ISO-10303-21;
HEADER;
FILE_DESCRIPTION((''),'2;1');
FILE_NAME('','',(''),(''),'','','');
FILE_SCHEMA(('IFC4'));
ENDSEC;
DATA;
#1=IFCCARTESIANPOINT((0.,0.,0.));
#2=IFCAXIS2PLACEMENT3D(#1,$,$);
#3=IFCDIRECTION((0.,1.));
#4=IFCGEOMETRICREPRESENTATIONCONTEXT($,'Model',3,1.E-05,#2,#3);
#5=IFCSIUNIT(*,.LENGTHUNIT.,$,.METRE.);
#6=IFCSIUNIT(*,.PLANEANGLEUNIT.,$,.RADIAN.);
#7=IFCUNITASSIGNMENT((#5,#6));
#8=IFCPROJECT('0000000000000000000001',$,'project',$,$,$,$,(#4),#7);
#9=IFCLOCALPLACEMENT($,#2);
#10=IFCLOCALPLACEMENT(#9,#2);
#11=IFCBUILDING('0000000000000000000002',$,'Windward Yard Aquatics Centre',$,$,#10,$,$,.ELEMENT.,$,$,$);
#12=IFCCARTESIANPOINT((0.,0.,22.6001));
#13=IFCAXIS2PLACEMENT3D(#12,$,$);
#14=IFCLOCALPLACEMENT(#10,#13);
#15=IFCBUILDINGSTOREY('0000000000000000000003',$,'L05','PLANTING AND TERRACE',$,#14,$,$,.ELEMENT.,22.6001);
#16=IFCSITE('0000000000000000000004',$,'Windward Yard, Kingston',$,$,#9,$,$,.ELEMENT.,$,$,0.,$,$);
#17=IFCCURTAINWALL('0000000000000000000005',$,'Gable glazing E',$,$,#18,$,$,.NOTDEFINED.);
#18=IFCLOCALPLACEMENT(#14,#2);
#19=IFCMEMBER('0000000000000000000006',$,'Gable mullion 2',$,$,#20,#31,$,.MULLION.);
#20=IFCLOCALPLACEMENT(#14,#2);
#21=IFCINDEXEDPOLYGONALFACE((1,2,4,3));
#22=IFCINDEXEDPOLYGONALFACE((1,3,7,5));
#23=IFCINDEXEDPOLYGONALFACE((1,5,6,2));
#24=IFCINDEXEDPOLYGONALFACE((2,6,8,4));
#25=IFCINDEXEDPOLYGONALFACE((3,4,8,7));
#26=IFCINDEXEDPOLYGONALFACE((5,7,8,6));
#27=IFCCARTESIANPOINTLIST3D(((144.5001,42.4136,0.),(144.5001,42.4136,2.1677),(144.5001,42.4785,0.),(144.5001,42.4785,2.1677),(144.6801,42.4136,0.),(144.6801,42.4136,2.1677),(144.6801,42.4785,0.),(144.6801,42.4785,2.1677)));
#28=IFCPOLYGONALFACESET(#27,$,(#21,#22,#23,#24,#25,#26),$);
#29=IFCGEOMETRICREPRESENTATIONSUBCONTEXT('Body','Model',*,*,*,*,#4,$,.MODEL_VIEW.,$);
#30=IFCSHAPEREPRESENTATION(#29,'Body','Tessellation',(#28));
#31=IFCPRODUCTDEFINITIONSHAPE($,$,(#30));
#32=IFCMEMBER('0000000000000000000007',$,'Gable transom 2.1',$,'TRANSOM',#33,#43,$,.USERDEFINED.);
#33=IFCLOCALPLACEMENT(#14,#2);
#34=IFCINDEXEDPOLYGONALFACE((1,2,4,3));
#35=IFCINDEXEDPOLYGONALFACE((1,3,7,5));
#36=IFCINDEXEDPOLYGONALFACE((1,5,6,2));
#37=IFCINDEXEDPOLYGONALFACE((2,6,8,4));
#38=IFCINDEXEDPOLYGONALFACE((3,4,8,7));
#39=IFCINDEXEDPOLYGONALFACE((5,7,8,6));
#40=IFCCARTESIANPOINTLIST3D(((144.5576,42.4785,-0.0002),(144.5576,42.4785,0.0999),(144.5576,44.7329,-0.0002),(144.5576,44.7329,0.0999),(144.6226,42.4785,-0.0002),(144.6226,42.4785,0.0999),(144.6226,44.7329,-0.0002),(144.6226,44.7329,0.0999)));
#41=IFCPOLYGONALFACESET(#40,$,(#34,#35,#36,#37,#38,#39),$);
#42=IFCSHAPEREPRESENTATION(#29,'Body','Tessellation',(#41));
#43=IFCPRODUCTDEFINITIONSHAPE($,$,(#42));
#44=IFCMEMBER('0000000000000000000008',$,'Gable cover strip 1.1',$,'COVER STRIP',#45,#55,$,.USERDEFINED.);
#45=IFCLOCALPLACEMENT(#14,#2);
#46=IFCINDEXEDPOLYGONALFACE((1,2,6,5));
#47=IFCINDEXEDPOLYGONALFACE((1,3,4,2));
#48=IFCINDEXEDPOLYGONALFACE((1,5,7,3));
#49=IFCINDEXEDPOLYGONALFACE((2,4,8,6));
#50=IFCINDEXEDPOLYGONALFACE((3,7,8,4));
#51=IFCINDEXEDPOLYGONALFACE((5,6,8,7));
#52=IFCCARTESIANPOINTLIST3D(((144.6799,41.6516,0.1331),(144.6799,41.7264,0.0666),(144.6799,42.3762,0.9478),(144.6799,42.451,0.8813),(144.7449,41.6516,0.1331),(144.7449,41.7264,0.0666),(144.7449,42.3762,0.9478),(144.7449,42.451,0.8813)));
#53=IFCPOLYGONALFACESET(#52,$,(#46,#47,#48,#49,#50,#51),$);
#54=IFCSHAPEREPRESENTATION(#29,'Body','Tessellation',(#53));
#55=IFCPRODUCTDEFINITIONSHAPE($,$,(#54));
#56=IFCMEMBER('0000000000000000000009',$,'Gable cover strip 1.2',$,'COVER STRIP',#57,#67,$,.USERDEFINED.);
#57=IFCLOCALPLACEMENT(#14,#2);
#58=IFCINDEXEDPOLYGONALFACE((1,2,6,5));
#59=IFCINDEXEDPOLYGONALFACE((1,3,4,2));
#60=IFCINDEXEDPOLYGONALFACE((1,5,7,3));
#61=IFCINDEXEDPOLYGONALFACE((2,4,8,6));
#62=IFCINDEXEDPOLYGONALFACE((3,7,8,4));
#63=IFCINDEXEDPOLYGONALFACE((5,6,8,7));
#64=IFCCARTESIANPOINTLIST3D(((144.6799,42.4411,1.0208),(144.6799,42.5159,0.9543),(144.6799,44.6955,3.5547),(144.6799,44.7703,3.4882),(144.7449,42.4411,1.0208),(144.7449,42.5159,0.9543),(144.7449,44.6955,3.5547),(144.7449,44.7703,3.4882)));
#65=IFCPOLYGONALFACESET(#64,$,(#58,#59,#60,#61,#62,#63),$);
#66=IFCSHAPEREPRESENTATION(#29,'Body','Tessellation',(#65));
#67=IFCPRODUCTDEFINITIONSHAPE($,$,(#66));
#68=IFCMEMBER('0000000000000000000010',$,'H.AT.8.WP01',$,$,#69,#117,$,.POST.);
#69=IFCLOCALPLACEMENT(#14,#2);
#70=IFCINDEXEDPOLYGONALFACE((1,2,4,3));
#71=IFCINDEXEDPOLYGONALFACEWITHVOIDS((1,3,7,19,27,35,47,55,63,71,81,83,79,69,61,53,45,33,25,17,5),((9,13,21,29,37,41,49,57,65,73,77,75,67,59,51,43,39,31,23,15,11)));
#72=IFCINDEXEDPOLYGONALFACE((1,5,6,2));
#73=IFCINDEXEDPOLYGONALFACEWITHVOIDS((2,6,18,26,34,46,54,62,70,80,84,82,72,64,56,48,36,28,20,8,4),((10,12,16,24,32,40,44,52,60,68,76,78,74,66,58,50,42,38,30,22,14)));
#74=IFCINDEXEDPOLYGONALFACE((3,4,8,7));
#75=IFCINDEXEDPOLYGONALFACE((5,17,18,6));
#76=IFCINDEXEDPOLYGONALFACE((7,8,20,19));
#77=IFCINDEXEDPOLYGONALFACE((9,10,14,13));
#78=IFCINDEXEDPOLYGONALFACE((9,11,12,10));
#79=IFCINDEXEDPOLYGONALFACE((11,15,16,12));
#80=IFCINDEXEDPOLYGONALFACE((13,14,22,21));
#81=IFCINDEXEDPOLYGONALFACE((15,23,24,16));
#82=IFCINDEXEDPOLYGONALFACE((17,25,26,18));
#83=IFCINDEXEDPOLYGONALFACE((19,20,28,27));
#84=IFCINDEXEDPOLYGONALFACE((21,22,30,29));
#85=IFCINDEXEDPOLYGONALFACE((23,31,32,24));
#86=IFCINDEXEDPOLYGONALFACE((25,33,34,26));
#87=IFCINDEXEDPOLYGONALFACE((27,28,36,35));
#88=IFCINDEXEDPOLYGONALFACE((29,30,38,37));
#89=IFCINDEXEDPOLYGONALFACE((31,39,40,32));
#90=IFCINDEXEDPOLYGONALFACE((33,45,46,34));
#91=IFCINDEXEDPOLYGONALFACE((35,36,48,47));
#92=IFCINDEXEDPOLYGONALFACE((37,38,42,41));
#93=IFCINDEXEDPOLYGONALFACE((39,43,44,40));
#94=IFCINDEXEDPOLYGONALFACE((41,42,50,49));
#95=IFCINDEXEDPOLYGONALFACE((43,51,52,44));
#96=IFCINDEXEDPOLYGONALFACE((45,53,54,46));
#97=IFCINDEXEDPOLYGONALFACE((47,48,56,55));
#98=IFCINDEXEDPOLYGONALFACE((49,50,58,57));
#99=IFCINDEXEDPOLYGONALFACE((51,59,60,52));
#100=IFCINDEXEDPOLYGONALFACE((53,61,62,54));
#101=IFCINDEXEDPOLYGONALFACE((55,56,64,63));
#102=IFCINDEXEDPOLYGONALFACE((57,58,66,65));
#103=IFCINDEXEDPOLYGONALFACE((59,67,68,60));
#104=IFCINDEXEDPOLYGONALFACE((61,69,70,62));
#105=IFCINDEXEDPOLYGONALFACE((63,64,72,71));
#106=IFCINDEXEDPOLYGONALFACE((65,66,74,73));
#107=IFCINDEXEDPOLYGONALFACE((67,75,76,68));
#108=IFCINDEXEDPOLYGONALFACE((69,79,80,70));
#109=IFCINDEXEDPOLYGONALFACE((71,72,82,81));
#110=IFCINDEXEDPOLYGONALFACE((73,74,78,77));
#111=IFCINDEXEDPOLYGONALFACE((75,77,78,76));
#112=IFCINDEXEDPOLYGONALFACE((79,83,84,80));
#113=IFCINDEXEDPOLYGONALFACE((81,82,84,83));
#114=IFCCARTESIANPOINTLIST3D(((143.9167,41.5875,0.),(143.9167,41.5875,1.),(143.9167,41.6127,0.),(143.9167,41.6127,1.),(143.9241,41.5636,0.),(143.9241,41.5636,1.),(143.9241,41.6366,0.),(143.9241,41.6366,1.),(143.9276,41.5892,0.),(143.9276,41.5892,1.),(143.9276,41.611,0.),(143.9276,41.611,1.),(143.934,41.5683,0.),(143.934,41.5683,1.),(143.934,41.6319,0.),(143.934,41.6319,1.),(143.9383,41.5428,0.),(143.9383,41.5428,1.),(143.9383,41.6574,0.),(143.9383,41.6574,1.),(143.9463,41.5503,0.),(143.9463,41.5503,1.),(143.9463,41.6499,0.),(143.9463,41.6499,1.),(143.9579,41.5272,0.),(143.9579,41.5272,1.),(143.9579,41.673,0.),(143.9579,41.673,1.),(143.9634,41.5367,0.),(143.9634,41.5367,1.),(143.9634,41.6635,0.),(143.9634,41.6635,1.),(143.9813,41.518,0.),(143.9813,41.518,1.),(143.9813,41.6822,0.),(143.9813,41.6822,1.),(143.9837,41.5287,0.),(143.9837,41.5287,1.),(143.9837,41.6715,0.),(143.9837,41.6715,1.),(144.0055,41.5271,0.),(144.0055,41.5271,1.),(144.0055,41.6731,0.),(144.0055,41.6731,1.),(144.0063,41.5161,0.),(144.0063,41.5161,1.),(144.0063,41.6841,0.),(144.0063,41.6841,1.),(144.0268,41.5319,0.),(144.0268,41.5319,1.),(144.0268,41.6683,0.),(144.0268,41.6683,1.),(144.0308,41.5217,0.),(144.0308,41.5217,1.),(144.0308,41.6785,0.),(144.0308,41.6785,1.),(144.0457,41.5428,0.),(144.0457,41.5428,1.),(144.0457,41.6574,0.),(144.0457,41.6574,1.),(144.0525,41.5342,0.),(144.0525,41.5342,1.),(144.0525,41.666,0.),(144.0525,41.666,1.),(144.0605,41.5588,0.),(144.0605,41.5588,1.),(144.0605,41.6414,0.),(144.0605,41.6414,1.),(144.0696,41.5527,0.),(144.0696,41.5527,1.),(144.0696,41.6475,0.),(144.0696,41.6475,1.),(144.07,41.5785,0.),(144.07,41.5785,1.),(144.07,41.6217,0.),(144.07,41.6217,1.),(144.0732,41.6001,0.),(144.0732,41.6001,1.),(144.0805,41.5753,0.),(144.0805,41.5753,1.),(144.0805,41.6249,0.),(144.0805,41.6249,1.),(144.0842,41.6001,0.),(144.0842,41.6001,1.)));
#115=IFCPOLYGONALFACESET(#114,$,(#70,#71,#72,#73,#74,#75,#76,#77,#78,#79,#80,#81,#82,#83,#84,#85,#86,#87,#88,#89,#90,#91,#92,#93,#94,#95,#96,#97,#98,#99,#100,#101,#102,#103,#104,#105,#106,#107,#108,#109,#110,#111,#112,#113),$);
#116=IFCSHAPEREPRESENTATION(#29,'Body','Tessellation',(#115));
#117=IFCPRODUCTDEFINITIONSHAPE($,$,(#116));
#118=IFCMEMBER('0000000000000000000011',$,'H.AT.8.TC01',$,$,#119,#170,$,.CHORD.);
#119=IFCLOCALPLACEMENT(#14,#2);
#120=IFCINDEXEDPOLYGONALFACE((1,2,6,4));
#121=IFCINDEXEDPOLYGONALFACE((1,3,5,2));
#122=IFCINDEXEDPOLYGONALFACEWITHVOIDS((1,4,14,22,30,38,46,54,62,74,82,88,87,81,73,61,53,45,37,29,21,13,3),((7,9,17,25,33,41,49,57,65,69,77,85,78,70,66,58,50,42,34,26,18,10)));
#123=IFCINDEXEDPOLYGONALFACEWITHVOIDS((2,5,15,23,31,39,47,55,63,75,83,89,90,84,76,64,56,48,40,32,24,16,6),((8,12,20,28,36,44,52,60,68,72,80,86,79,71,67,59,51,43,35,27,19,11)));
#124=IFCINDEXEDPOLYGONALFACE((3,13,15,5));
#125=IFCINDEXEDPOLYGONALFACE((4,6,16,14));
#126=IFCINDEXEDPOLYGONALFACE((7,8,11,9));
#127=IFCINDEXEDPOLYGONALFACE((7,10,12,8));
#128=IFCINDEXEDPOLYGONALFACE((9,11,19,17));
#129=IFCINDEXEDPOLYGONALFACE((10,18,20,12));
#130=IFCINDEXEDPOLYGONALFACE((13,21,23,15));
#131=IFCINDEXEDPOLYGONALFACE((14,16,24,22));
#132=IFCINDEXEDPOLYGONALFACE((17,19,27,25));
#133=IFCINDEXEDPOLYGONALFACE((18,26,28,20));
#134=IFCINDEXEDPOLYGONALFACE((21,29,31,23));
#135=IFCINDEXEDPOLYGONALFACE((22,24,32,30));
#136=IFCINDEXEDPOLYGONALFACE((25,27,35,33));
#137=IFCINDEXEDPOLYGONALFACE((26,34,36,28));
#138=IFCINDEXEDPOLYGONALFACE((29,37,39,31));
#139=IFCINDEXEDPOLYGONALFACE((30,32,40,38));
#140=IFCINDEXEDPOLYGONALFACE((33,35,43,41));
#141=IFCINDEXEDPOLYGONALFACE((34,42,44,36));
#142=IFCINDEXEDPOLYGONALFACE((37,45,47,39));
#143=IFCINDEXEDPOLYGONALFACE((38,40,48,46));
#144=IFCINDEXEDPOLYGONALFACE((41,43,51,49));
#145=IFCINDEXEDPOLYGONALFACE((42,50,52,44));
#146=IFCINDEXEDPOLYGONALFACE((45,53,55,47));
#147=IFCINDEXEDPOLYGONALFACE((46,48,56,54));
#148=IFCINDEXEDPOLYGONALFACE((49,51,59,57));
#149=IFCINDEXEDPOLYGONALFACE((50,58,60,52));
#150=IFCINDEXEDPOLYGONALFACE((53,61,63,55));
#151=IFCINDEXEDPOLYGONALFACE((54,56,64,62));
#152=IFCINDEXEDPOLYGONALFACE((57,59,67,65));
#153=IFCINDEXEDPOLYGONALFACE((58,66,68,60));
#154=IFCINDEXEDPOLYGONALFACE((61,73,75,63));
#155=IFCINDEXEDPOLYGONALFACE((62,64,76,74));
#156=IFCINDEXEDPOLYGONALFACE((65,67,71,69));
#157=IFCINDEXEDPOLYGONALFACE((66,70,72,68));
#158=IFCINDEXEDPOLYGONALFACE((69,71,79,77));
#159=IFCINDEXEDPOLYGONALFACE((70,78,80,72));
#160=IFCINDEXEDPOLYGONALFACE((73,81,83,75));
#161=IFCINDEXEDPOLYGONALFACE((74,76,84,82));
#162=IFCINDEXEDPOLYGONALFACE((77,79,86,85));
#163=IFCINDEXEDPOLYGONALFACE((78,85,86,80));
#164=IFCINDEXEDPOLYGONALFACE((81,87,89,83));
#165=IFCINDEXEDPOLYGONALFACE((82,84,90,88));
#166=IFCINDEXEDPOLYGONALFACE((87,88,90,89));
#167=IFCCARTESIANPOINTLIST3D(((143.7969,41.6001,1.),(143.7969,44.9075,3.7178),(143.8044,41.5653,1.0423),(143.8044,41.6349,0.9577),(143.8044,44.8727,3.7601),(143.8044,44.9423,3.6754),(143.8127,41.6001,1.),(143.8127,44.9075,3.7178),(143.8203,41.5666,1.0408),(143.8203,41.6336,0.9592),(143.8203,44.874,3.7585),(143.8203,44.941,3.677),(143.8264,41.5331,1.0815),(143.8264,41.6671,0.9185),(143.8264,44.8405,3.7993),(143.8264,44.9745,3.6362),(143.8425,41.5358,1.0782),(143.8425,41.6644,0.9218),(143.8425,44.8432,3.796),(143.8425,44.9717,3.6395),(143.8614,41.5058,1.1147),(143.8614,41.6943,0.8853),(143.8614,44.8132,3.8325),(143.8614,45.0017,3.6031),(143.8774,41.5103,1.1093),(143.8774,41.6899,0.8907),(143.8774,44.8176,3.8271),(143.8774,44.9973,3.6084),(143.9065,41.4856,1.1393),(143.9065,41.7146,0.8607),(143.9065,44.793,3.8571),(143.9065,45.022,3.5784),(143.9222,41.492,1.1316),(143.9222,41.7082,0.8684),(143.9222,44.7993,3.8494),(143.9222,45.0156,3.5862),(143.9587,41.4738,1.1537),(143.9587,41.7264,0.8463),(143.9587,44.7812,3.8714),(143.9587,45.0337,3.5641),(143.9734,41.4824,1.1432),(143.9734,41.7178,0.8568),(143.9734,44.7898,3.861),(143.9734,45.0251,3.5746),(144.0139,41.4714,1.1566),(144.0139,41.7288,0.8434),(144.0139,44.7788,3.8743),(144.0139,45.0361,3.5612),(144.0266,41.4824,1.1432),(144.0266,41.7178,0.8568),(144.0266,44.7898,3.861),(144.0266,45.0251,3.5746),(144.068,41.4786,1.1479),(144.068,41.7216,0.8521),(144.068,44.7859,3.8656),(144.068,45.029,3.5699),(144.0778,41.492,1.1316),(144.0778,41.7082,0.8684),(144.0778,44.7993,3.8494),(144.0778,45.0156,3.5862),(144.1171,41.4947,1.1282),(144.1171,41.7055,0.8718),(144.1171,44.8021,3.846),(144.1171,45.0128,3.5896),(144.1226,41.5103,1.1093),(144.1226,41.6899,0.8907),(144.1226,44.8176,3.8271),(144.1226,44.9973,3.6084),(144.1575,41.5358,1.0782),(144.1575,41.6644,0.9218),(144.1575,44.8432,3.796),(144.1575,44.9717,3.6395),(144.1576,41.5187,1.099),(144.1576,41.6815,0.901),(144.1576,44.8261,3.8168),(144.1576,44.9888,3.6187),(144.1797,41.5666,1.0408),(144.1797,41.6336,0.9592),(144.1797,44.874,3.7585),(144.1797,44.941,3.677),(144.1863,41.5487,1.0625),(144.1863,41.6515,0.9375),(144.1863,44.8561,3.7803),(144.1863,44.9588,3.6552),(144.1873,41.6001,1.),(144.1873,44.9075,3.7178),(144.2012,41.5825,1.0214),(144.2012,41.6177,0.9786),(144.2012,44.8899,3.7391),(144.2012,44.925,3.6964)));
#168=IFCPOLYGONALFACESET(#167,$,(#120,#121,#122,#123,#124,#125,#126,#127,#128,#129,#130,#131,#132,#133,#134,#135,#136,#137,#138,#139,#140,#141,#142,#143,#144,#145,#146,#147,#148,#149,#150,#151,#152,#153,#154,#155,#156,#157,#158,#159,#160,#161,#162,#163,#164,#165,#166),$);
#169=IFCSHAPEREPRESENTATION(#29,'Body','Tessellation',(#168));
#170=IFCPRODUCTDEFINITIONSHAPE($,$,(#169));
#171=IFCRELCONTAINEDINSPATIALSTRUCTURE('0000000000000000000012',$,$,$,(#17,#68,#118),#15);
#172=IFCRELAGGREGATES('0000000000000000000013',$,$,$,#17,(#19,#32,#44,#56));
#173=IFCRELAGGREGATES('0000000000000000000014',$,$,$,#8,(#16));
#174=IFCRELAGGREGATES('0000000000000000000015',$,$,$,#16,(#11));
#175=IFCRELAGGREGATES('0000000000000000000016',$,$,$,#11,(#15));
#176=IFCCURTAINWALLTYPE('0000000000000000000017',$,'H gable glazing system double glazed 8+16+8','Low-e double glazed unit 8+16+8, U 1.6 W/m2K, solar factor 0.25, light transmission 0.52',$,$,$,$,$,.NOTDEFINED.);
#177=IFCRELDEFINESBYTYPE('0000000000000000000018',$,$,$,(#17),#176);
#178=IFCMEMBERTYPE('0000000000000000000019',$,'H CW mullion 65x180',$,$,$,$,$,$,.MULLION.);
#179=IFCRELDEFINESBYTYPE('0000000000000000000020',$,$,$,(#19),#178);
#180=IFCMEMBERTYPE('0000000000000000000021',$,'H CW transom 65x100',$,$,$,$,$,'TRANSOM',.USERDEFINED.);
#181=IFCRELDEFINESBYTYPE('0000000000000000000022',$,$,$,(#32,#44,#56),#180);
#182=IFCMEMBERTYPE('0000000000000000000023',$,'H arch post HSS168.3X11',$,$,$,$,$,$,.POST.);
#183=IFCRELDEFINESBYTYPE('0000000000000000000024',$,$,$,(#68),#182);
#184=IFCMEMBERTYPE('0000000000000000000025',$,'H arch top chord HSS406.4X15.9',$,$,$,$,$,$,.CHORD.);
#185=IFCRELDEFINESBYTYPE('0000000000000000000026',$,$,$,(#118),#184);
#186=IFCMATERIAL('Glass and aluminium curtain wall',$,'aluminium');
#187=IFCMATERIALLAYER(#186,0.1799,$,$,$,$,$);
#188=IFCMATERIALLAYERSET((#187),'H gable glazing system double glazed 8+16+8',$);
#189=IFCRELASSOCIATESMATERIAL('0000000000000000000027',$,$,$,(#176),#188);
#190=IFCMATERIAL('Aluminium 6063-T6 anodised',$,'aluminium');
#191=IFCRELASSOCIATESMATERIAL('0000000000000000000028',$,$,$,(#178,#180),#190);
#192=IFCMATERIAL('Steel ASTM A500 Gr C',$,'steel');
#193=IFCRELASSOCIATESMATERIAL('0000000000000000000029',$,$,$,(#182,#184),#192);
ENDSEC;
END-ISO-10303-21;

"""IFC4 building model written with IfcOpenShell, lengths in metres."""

from ifc_helpers import new_model, si_unit, direction, frame, origin, origin_2d, place, context, subcontext, project, spatial, rectangle, hollow_circle, extrude, material, layer, layer_set, material_profile, profile_set, type_object, element, aggregate, save


model = new_model("IFC4")

# Units and contexts
model_context = context("Model", 3, precision=1e-05, world=origin(), true_north=direction((0.0, 1.0)))
body_context = subcontext(model_context, "Body", "Model", "MODEL_VIEW")
ifc_project = project(units=[si_unit("LENGTHUNIT", "METRE"), si_unit("PLANEANGLEUNIT", "RADIAN")], contexts=[model_context])

# Site, building, storey
site_placement = place(None, origin())
site = spatial("IfcSite", under=ifc_project, at=site_placement, Name="Windward Yard, Kingston", CompositionType="ELEMENT", RefElevation=0.0)
building_placement = place(site_placement, origin())
building = spatial("IfcBuilding", under=site, at=building_placement, Name="Windward Yard Aquatics Centre", CompositionType="ELEMENT")
storey_placement = place(building_placement, frame((0.0, 0.0, 22.6001)))
storey = spatial("IfcBuildingStorey", under=building, at=storey_placement, Name="L05", Description="PLANTING AND TERRACE", CompositionType="ELEMENT", Elevation=22.6001)

# Curtain wall, members
ifc_material_1 = material(Name="Glass and aluminium curtain wall", Category="aluminium")
ifc_layer_1 = layer(ifc_material_1, 0.1799)
ifc_layer_set_1 = layer_set([ifc_layer_1], Name="H gable glazing system double glazed 8+16+8")
curtain_wall_type = type_object("IfcCurtainWallType", Name="H gable glazing system double glazed 8+16+8", Description="Low-e double glazed unit 8+16+8, U 1.6 W/m2K, solar factor 0.25, light transmission 0.52", PredefinedType="NOTDEFINED", material=ifc_layer_set_1)
curtain_wall_placement = place(storey_placement, origin())
curtain_wall = element("IfcCurtainWall", 1, at=curtain_wall_placement, inside=storey, type_object=curtain_wall_type, Name="Gable glazing E", PredefinedType="NOTDEFINED")
ifc_material_2 = material(Name="Aluminium 6063-T6 anodised", Category="aluminium")
ifc_material_profile_1 = material_profile(ifc_material_2, rectangle(XDim=0.0649, YDim=0.1799, at=origin_2d()), Name="H CW mullion 65x180")
ifc_profile_set_1 = profile_set([ifc_material_profile_1], Name="Aluminium 6063-T6 anodised")
member_type_1 = type_object("IfcMemberType", Name="H CW mullion 65x180", PredefinedType="MULLION", material=ifc_profile_set_1)
member_1_placement = place(storey_placement, frame((144.5901, 42.446, 0.0), z_axis=(0.0, 0.0, 1.0), x_axis=(0.0, 1.0, 0.0)))
member_1 = element("IfcMember", 2, at=member_1_placement, type_object=member_type_1, Name="Gable mullion 2", PredefinedType="MULLION", context=body_context, shape_type="SweptSolid", body=[
    extrude(rectangle(XDim=0.0649, YDim=0.1799, at=origin_2d()), origin(), (0.0, 0.0, 1.0), 2.1677),
])
ifc_material_profile_2 = material_profile(ifc_material_2, rectangle(XDim=0.0649, YDim=0.1001, at=origin_2d()), Name="H CW transom 65x100")
ifc_profile_set_2 = profile_set([ifc_material_profile_2], Name="Aluminium 6063-T6 anodised")
member_type_2 = type_object("IfcMemberType", Name="H CW transom 65x100", ElementType="TRANSOM", PredefinedType="USERDEFINED", material=ifc_profile_set_2)
member_2_placement = place(storey_placement, frame((144.5901, 42.4785, 0.0498), z_axis=(0.0, 1.0, 0.0), x_axis=(-1.0, 0.0, 0.0)))
member_2 = element("IfcMember", 3, at=member_2_placement, type_object=member_type_2, Name="Gable transom 2.1", ObjectType="TRANSOM", PredefinedType="USERDEFINED", context=body_context, shape_type="SweptSolid", body=[
    extrude(rectangle(XDim=0.0649, YDim=0.1001, at=origin_2d()), origin(), (0.0, 0.0, 1.0), 2.2544),
])
member_3_placement = place(storey_placement, frame((144.7124, 41.689, 0.0999), z_axis=(0.0, 0.664586, 0.747212), x_axis=(-1.0, 0.0, 0.0)))
member_3 = element("IfcMember", 4, at=member_3_placement, type_object=member_type_2, Name="Gable cover strip 1.1", ObjectType="COVER STRIP", PredefinedType="USERDEFINED", context=body_context, shape_type="SweptSolid", body=[
    extrude(rectangle(XDim=0.0649, YDim=0.1001, at=origin_2d()), origin(), (0.0, 0.0, 1.0), 1.0903),
])
member_4_placement = place(storey_placement, frame((144.7124, 42.4785, 0.9875), z_axis=(0.0, 0.664694, 0.747115), x_axis=(-1.0, 0.0, 0.0)))
member_4 = element("IfcMember", 5, at=member_4_placement, type_object=member_type_2, Name="Gable cover strip 1.2", ObjectType="COVER STRIP", PredefinedType="USERDEFINED", context=body_context, shape_type="SweptSolid", body=[
    extrude(rectangle(XDim=0.0649, YDim=0.1001, at=origin_2d()), origin(), (0.0, 0.0, 1.0), 3.3916),
])

# Members
ifc_material_3 = material(Name="Steel ASTM A500 Gr C", Category="steel")
ifc_material_profile_3 = material_profile(ifc_material_3, hollow_circle(Radius=0.0842, WallThickness=0.011, at=origin_2d()), Name="HSS168.3X11")
ifc_profile_set_3 = profile_set([ifc_material_profile_3], Name="Steel ASTM A500 Gr C")
member_type_3 = type_object("IfcMemberType", Name="H arch post HSS168.3X11", PredefinedType="POST", material=ifc_profile_set_3)
member_5_placement = place(storey_placement, frame((144.0, 41.6001, 0.0), z_axis=(0.0, 0.0, 1.0), x_axis=(1.0, 0.0, 0.0)))
element("IfcMember", 6, at=member_5_placement, inside=storey, type_object=member_type_3, Name="H.AT.8.WP01", PredefinedType="POST", context=body_context, shape_type="SweptSolid", body=[
    extrude(hollow_circle(Radius=0.0842, WallThickness=0.011, at=origin_2d()), origin(), (0.0, 0.0, 1.0), 1.0),
])
ifc_material_profile_4 = material_profile(ifc_material_3, hollow_circle(Radius=0.2031, WallThickness=0.0159, at=origin_2d()), Name="HSS406.4X15.9")
ifc_profile_set_4 = profile_set([ifc_material_profile_4], Name="Steel ASTM A500 Gr C")
member_type_4 = type_object("IfcMemberType", Name="H arch top chord HSS406.4X15.9", PredefinedType="CHORD", material=ifc_profile_set_4)
member_6_placement = place(storey_placement, frame((144.0, 41.6001, 1.0), z_axis=(0.0, 0.772611, 0.634879), x_axis=(-1.0, 0.0, 0.0)))
element("IfcMember", 7, at=member_6_placement, inside=storey, type_object=member_type_4, Name="H.AT.8.TC01", PredefinedType="CHORD", context=body_context, shape_type="SweptSolid", body=[
    extrude(hollow_circle(Radius=0.2031, WallThickness=0.0159, at=origin_2d()), origin(), (0.0, 0.0, 1.0), 4.2808),
])

aggregate(curtain_wall, [member_1, member_2, member_3, member_4])

save(model, "model.ifc")
